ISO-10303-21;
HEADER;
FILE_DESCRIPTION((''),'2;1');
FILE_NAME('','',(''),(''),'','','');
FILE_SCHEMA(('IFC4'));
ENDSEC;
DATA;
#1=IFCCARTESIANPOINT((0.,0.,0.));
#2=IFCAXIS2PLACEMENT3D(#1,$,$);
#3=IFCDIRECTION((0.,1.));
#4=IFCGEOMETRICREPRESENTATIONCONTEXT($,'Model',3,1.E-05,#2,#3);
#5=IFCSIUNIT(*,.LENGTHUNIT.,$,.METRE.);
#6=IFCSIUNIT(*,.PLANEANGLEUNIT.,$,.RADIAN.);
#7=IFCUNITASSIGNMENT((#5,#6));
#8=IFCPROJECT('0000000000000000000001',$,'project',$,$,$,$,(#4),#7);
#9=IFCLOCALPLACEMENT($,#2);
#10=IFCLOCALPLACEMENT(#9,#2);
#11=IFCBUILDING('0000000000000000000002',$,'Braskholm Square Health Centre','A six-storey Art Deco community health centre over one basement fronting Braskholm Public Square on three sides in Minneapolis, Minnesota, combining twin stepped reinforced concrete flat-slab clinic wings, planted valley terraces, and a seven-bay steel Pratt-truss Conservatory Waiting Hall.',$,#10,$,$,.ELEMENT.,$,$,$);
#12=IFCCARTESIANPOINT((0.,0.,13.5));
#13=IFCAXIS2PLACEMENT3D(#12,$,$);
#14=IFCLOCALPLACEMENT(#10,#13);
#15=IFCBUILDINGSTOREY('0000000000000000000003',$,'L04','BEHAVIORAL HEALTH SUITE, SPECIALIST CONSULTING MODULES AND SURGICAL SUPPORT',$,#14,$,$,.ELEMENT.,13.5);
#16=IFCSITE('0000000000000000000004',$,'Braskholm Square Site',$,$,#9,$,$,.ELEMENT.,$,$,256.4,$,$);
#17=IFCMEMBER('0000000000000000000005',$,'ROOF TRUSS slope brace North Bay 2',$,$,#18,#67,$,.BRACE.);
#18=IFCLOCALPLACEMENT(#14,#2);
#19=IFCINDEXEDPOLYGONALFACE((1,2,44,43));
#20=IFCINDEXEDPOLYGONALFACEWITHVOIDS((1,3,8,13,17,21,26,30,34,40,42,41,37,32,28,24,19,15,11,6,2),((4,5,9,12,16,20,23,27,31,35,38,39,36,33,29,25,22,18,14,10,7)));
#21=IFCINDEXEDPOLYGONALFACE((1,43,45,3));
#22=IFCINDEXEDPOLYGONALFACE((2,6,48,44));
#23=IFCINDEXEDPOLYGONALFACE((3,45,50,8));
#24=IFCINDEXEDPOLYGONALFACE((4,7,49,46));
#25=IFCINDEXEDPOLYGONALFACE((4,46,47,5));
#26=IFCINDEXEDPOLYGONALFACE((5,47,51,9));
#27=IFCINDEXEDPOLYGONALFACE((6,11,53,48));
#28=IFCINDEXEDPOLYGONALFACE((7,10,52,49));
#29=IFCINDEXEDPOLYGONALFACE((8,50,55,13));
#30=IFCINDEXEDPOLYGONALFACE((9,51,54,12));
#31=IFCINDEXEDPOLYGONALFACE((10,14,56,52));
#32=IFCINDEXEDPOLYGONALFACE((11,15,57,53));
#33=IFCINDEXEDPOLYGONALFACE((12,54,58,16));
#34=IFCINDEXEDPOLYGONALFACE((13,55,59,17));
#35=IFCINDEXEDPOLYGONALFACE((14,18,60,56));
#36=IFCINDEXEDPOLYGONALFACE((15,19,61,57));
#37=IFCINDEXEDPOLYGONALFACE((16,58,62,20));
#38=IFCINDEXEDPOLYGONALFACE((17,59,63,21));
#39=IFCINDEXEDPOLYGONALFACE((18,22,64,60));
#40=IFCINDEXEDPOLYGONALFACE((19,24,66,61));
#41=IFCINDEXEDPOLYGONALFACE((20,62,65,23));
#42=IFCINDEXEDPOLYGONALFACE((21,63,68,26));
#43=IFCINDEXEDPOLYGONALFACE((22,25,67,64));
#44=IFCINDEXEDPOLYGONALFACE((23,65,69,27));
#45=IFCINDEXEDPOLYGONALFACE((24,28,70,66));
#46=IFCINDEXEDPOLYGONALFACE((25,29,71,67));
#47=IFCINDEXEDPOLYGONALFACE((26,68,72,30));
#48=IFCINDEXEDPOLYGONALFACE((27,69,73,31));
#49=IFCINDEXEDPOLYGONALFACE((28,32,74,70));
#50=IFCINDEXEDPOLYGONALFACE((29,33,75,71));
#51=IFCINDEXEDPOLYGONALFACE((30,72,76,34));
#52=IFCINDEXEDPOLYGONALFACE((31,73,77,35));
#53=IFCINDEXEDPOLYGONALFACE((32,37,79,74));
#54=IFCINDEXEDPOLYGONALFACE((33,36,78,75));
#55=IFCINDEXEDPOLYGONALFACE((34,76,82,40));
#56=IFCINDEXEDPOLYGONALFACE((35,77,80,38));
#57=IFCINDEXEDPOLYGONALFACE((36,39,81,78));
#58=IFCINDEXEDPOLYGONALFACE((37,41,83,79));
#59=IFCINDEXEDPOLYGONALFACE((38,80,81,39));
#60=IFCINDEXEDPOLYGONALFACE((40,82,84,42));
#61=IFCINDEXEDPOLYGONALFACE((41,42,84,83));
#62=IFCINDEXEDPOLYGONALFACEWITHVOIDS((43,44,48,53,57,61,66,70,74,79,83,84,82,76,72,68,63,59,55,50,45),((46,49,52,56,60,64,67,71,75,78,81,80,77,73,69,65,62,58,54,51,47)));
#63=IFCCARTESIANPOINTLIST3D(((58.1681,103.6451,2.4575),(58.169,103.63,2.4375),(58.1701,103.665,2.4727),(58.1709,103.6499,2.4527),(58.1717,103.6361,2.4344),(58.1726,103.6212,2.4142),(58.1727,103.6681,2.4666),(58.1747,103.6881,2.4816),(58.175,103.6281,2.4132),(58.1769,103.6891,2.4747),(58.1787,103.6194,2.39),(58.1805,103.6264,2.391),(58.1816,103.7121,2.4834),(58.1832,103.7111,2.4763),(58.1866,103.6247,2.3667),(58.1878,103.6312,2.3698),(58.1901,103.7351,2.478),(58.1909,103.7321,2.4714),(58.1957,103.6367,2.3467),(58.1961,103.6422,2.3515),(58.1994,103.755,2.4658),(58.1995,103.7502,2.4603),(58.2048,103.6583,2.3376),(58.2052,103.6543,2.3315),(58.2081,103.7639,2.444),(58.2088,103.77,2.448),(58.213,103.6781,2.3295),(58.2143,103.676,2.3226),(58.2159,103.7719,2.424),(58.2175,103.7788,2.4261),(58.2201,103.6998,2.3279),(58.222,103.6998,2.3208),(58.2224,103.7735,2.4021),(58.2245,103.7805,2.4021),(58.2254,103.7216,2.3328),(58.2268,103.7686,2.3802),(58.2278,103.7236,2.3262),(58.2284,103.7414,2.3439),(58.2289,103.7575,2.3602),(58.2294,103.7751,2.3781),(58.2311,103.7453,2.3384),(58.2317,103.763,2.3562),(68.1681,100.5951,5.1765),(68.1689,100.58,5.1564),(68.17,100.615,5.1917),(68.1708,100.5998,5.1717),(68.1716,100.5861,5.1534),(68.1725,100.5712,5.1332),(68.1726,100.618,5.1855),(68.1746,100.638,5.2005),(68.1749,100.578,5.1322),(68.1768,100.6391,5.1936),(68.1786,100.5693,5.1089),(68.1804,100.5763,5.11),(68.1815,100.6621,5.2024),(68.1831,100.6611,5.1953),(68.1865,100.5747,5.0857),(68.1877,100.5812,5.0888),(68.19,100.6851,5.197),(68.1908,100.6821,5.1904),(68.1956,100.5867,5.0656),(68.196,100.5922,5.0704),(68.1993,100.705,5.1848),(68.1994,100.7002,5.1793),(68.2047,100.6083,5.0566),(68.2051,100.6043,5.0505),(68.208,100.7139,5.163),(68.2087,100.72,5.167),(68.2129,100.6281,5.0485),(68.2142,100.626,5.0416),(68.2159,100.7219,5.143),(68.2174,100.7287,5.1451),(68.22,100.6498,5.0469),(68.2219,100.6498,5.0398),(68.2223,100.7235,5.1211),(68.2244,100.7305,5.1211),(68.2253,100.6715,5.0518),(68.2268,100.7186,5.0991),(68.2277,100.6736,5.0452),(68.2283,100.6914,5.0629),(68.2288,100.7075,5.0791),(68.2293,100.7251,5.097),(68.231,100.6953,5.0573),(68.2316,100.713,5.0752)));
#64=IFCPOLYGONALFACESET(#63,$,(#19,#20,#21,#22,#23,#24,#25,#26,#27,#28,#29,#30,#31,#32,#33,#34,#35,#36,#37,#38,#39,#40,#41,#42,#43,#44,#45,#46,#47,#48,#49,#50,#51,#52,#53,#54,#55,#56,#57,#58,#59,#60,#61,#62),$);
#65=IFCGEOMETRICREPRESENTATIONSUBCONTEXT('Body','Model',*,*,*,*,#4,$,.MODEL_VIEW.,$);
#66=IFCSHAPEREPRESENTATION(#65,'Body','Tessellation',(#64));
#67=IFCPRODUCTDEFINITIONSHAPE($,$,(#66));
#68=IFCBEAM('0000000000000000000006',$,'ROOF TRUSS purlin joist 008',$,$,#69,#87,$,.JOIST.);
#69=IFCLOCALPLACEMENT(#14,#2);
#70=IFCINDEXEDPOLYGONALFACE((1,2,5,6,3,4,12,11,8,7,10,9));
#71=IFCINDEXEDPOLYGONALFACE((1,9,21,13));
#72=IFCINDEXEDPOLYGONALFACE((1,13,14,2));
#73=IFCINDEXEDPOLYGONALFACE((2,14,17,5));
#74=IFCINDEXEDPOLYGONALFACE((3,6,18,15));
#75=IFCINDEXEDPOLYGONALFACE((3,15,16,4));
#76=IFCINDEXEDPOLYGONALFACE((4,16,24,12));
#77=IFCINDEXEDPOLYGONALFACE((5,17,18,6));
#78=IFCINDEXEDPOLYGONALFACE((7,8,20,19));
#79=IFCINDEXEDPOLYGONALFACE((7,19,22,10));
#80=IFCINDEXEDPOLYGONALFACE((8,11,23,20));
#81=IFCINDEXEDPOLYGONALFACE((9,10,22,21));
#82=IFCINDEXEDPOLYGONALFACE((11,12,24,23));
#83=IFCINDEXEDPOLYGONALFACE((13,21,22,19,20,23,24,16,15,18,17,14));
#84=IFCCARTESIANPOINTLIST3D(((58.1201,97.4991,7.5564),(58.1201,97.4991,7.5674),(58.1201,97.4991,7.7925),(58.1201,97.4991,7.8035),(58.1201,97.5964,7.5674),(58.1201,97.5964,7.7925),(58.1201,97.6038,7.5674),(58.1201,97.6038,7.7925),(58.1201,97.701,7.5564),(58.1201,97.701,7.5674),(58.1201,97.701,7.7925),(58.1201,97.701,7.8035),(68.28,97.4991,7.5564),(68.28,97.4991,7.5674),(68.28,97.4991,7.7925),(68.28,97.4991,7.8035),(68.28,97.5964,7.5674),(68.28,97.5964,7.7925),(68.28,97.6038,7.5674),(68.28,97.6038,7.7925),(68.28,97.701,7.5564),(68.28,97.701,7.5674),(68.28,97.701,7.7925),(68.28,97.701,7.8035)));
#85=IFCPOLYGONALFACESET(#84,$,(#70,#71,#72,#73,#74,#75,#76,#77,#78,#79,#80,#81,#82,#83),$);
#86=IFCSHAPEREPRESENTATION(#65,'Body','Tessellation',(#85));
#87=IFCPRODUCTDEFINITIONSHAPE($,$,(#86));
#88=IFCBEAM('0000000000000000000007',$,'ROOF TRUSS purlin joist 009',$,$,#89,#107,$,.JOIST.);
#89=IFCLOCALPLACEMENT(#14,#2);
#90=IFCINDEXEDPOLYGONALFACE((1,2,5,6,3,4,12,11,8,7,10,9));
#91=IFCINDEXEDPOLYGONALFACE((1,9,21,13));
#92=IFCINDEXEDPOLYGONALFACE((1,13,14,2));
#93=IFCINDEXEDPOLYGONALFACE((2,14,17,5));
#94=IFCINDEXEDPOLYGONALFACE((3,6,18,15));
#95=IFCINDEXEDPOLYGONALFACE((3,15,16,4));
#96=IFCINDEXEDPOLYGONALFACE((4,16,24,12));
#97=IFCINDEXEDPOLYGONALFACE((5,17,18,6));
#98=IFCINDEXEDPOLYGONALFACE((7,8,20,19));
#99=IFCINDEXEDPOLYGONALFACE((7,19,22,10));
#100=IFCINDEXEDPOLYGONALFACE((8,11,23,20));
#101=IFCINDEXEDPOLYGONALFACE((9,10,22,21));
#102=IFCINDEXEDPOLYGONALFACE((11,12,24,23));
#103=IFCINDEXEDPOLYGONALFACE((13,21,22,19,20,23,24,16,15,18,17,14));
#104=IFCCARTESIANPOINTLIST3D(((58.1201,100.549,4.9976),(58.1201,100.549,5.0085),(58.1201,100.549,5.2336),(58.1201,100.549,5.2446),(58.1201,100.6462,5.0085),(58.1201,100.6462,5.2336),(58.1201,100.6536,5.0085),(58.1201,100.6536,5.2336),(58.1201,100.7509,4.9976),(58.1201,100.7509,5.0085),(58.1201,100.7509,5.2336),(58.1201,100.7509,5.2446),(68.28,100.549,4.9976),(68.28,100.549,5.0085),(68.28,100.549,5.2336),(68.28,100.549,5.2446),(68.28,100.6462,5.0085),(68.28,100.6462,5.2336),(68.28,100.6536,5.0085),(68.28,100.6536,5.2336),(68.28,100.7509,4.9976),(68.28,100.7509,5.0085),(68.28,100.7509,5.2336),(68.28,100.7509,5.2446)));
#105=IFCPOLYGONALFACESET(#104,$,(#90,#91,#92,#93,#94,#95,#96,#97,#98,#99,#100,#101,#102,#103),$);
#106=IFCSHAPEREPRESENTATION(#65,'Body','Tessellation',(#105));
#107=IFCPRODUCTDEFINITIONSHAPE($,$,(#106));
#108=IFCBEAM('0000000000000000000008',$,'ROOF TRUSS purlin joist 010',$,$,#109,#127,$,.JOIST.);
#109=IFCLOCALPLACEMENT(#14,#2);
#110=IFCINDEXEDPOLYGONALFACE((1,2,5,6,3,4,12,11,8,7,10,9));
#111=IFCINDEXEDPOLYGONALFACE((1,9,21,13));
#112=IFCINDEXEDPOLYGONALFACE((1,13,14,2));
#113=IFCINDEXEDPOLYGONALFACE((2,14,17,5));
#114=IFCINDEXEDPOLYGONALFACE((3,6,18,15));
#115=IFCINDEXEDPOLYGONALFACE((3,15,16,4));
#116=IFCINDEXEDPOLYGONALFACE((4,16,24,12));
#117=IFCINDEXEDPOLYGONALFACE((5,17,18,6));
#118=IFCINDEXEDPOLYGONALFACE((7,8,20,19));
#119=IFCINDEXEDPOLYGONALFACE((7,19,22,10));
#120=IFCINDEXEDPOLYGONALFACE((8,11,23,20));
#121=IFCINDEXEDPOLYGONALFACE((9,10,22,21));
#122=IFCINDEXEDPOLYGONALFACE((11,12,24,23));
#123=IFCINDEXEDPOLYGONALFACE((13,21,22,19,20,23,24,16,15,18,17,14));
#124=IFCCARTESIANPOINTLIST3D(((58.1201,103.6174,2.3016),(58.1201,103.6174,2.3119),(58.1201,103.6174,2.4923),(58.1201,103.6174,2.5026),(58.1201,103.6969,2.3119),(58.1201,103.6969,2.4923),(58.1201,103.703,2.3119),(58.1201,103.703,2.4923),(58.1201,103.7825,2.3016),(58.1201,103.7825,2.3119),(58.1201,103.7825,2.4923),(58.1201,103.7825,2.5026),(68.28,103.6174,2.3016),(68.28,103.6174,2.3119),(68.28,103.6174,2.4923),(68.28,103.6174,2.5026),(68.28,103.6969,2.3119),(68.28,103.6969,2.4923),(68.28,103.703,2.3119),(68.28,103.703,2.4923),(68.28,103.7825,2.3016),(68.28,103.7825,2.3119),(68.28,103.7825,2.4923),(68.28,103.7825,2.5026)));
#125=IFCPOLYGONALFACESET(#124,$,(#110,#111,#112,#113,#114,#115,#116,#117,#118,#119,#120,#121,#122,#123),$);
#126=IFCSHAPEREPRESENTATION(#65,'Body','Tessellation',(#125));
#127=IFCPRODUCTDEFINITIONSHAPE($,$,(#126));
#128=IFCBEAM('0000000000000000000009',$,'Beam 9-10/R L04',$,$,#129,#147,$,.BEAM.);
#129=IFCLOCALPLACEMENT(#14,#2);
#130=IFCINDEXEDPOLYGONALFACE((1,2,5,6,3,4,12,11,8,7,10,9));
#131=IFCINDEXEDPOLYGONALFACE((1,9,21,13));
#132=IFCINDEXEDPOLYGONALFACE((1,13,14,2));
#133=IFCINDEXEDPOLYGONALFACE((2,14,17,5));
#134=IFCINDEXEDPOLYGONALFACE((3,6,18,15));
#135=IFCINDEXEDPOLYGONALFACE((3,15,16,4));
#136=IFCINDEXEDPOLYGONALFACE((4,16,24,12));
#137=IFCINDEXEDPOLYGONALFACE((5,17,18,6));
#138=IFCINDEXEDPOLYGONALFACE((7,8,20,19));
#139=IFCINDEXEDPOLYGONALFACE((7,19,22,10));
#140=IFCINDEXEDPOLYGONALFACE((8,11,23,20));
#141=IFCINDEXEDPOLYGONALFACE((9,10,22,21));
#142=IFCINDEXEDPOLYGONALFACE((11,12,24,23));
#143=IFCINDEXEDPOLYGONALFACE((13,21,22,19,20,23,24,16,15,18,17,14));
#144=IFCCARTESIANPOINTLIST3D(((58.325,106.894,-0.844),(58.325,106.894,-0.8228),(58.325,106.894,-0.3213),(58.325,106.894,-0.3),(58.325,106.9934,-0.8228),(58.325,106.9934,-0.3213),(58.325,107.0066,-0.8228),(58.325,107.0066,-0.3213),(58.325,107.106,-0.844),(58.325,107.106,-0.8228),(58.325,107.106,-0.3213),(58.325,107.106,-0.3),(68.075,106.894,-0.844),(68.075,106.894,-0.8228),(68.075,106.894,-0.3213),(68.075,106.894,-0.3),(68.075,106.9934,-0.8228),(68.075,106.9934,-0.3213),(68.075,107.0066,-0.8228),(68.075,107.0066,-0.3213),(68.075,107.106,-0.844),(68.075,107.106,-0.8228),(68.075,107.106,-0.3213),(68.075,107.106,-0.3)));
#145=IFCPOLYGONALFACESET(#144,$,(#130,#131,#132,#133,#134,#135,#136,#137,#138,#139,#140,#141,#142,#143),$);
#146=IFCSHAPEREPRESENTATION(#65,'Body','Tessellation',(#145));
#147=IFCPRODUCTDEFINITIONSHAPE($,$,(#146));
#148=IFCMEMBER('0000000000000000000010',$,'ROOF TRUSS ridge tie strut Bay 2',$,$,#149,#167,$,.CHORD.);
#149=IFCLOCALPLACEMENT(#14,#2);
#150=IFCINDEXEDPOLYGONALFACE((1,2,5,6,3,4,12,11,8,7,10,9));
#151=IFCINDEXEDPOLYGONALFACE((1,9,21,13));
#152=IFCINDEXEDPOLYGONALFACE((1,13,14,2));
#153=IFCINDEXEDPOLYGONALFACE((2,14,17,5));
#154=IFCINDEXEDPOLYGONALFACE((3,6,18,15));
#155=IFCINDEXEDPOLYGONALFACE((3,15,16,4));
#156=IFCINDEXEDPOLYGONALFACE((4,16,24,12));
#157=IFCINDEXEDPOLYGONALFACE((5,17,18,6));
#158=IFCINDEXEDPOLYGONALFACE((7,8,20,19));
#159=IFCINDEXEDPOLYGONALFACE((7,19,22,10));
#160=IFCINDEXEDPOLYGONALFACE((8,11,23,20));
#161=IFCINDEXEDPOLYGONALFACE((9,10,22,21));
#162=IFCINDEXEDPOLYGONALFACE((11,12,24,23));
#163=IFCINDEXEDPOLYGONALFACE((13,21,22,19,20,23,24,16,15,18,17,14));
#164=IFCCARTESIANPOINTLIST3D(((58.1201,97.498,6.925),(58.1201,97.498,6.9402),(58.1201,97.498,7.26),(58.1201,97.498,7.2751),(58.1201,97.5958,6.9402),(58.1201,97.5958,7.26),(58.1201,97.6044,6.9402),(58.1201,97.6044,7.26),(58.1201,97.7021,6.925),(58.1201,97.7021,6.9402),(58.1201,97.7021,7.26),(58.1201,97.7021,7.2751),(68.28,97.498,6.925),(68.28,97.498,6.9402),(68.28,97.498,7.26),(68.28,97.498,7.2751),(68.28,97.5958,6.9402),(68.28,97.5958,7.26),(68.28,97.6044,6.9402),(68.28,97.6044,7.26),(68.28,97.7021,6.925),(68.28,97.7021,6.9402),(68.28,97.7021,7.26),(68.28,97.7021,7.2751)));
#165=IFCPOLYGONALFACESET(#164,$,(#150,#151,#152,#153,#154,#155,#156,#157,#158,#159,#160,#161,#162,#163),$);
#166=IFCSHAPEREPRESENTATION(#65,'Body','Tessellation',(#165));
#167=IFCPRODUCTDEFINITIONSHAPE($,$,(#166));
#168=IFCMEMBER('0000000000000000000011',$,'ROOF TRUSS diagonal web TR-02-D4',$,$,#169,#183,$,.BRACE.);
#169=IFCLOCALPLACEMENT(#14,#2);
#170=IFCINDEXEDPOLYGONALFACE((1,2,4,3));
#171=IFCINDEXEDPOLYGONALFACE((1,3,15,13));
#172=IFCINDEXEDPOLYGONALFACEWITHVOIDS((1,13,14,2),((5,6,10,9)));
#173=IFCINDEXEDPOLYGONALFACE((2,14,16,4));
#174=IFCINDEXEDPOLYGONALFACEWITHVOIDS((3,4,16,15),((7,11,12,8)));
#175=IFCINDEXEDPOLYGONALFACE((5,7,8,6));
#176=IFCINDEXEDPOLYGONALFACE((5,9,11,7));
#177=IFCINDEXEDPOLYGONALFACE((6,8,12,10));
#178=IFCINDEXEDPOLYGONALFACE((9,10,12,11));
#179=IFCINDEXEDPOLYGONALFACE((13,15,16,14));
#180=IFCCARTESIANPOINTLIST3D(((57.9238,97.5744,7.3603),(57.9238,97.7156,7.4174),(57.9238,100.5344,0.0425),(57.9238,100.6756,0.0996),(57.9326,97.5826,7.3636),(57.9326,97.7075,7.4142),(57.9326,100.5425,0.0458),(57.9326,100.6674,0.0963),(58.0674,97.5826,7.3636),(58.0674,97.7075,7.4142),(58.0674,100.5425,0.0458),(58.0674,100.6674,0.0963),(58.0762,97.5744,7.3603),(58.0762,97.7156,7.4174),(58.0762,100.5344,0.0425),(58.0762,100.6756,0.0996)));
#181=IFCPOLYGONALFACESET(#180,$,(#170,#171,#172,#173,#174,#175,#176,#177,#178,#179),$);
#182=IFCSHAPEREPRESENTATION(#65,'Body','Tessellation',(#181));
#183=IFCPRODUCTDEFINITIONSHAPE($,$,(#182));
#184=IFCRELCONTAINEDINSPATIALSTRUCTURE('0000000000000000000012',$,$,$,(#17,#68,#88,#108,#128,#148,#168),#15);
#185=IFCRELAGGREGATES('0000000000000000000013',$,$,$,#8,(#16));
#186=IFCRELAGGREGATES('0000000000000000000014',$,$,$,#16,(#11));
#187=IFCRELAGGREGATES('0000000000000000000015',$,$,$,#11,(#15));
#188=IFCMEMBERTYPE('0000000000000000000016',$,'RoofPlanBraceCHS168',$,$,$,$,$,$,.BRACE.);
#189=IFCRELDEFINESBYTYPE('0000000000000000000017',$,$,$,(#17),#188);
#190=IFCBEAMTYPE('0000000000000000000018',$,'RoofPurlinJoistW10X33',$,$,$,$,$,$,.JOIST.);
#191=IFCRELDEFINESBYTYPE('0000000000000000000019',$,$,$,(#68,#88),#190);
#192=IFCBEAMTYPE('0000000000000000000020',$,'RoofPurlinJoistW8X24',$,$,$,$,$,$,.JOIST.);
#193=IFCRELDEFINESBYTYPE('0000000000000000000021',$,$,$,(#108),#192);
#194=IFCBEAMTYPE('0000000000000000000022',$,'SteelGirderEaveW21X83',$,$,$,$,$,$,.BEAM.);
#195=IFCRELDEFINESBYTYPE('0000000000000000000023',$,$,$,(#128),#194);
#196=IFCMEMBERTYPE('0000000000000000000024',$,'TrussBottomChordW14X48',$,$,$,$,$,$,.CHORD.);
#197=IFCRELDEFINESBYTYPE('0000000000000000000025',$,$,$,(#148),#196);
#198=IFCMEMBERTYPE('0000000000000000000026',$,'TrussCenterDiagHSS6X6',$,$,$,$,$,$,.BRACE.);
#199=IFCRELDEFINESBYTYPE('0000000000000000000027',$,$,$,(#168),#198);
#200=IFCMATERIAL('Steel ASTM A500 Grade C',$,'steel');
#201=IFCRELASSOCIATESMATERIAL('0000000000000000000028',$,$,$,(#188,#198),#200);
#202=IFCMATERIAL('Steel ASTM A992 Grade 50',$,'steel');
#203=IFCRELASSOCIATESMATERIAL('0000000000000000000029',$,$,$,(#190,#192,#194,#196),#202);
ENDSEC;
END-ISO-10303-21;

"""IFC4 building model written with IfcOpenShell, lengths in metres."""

from ifc_helpers import new_model, si_unit, direction, frame, origin, origin_2d, place, context, subcontext, project, spatial, hollow_rectangle, hollow_circle, i_section, extrude, material, material_profile, profile_set, type_object, element, save


model = new_model("IFC4")

# Units and contexts
model_context = context("Model", 3, precision=1e-05, world=origin(), true_north=direction((0.0, 1.0)))
body_context = subcontext(model_context, "Body", "Model", "MODEL_VIEW")
ifc_project = project(units=[si_unit("LENGTHUNIT", "METRE"), si_unit("PLANEANGLEUNIT", "RADIAN")], contexts=[model_context])

# Site, building, storey
site_placement = place(None, origin())
site = spatial("IfcSite", under=ifc_project, at=site_placement, Name="Braskholm Square Site", CompositionType="ELEMENT", RefElevation=256.4)
building_placement = place(site_placement, origin())
building = spatial("IfcBuilding", under=site, at=building_placement, Name="Braskholm Square Health Centre", Description="A six-storey Art Deco community health centre over one basement fronting Braskholm Public Square on three sides in Minneapolis, Minnesota, combining twin stepped reinforced concrete flat-slab clinic wings, planted valley terraces, and a seven-bay steel Pratt-truss Conservatory Waiting Hall.", CompositionType="ELEMENT")
storey_placement = place(building_placement, frame((0.0, 0.0, 13.5)))
storey = spatial("IfcBuildingStorey", under=building, at=storey_placement, Name="L04", Description="BEHAVIORAL HEALTH SUITE, SPECIALIST CONSULTING MODULES AND SURGICAL SUPPORT", CompositionType="ELEMENT", Elevation=13.5)

# Member
ifc_material_1 = material(Name="Steel ASTM A500 Grade C", Category="steel")
ifc_material_profile_1 = material_profile(ifc_material_1, hollow_circle(Radius=0.0842, WallThickness=0.0073, at=origin_2d()), Name="HSS6.625X0.312")
ifc_profile_set_1 = profile_set([ifc_material_profile_1], Name="Steel ASTM A500 Grade C")
member_type_1 = type_object("IfcMemberType", Name="RoofPlanBraceCHS168", PredefinedType="BRACE", material=ifc_profile_set_1)
member_1_placement = place(storey_placement, frame((58.2, 103.7, 2.4021), z_axis=(0.925705, -0.282344, 0.251699), x_axis=(0.291737, 0.956499, 0.0)))
element("IfcMember", 1, at=member_1_placement, inside=storey, type_object=member_type_1, Name="ROOF TRUSS slope brace North Bay 2", PredefinedType="BRACE", context=body_context, shape_type="SweptSolid", body=[
    extrude(hollow_circle(Radius=0.0842, WallThickness=0.0073, at=origin_2d()), origin(), (0.0, 0.0, 1.0), 10.8025),
])

# Beams
ifc_material_2 = material(Name="Steel ASTM A992 Grade 50", Category="steel")
ifc_material_profile_2 = material_profile(ifc_material_2, i_section(OverallWidth=0.2019, OverallDepth=0.2471, WebThickness=0.0073, FlangeThickness=0.011, at=origin_2d()), Name="W10X33")
ifc_profile_set_2 = profile_set([ifc_material_profile_2], Name="Steel ASTM A992 Grade 50")
beam_type_1 = type_object("IfcBeamType", Name="RoofPurlinJoistW10X33", PredefinedType="JOIST", material=ifc_profile_set_2)
for number, where, z_axis, x_axis, name in (
    (2, (58.1201, 97.6001, 7.6799), (1.0, 0.0, 0.0), (0.0, 1.0, 0.0), "ROOF TRUSS purlin joist 008"),
    (3, (58.1201, 100.6499, 5.1211), (1.0, 0.0, 0.0), (0.0, 1.0, 0.0), "ROOF TRUSS purlin joist 009"),
):
    element("IfcBeam", number, at=place(storey_placement, frame(where, z_axis=z_axis, x_axis=x_axis)), inside=storey, type_object=beam_type_1, Name=name, PredefinedType="JOIST", context=body_context, shape_type="SweptSolid", body=[
        extrude(i_section(OverallWidth=0.2019, OverallDepth=0.2471, WebThickness=0.0073, FlangeThickness=0.011, at=origin_2d()), origin(), (0.0, 0.0, 1.0), 10.1599),
    ])
ifc_material_profile_3 = material_profile(ifc_material_2, i_section(OverallWidth=0.165, OverallDepth=0.2009, WebThickness=0.0061, FlangeThickness=0.0103, at=origin_2d()), Name="W8X24")
ifc_profile_set_3 = profile_set([ifc_material_profile_3], Name="Steel ASTM A992 Grade 50")
beam_type_2 = type_object("IfcBeamType", Name="RoofPurlinJoistW8X24", PredefinedType="JOIST", material=ifc_profile_set_3)
beam_1_placement = place(storey_placement, frame((58.1201, 103.7, 2.4021), z_axis=(1.0, 0.0, 0.0), x_axis=(0.0, 1.0, 0.0)))
element("IfcBeam", 4, at=beam_1_placement, inside=storey, type_object=beam_type_2, Name="ROOF TRUSS purlin joist 010", PredefinedType="JOIST", context=body_context, shape_type="SweptSolid", body=[
    extrude(i_section(OverallWidth=0.165, OverallDepth=0.2009, WebThickness=0.0061, FlangeThickness=0.0103, at=origin_2d()), origin(), (0.0, 0.0, 1.0), 10.1599),
])
ifc_material_profile_4 = material_profile(ifc_material_2, i_section(OverallWidth=0.2119, OverallDepth=0.5439, WebThickness=0.0132, FlangeThickness=0.0212, at=origin_2d()), Name="W21X83")
ifc_profile_set_4 = profile_set([ifc_material_profile_4], Name="Steel ASTM A992 Grade 50")
beam_type_3 = type_object("IfcBeamType", Name="SteelGirderEaveW21X83", PredefinedType="BEAM", material=ifc_profile_set_4)
beam_2_placement = place(storey_placement, frame((58.325, 107.0, -0.572), z_axis=(1.0, 0.0, 0.0), x_axis=(0.0, 1.0, 0.0)))
element("IfcBeam", 5, at=beam_2_placement, inside=storey, type_object=beam_type_3, Name="Beam 9-10/R L04", PredefinedType="BEAM", context=body_context, shape_type="SweptSolid", body=[
    extrude(i_section(OverallWidth=0.2119, OverallDepth=0.5439, WebThickness=0.0132, FlangeThickness=0.0212, at=origin_2d()), origin(), (0.0, 0.0, 1.0), 9.75),
])

# Members
ifc_material_profile_5 = material_profile(ifc_material_2, i_section(OverallWidth=0.2041, OverallDepth=0.3501, WebThickness=0.0085, FlangeThickness=0.0151, at=origin_2d()), Name="W14X48")
ifc_profile_set_5 = profile_set([ifc_material_profile_5], Name="Steel ASTM A992 Grade 50")
member_type_2 = type_object("IfcMemberType", Name="TrussBottomChordW14X48", PredefinedType="CHORD", material=ifc_profile_set_5)
member_2_placement = place(storey_placement, frame((58.1201, 97.6001, 7.1001), z_axis=(1.0, 0.0, 0.0), x_axis=(0.0, 1.0, 0.0)))
element("IfcMember", 6, at=member_2_placement, inside=storey, type_object=member_type_2, Name="ROOF TRUSS ridge tie strut Bay 2", PredefinedType="CHORD", context=body_context, shape_type="SweptSolid", body=[
    extrude(i_section(OverallWidth=0.2041, OverallDepth=0.3501, WebThickness=0.0085, FlangeThickness=0.0151, at=origin_2d()), origin(), (0.0, 0.0, 1.0), 10.1599),
])
ifc_material_profile_6 = material_profile(ifc_material_1, hollow_rectangle(XDim=0.1523, YDim=0.1523, WallThickness=0.0088, at=origin_2d()), Name="HSS6X6X3/8")
ifc_profile_set_6 = profile_set([ifc_material_profile_6], Name="Steel ASTM A500 Grade C")
member_type_3 = type_object("IfcMemberType", Name="TrussCenterDiagHSS6X6", PredefinedType="BRACE", material=ifc_profile_set_6)
member_3_placement = place(storey_placement, frame((58.0, 100.605, 0.071), z_axis=(0.0, -0.374971, 0.927036), x_axis=(1.0, 0.0, 0.0)))
element("IfcMember", 7, at=member_3_placement, inside=storey, type_object=member_type_3, Name="ROOF TRUSS diagonal web TR-02-D4", PredefinedType="BRACE", context=body_context, shape_type="SweptSolid", body=[
    extrude(hollow_rectangle(XDim=0.1523, YDim=0.1523, WallThickness=0.0088, at=origin_2d()), origin(), (0.0, 0.0, 1.0), 7.8938),
])

save(model, "model.ifc")
